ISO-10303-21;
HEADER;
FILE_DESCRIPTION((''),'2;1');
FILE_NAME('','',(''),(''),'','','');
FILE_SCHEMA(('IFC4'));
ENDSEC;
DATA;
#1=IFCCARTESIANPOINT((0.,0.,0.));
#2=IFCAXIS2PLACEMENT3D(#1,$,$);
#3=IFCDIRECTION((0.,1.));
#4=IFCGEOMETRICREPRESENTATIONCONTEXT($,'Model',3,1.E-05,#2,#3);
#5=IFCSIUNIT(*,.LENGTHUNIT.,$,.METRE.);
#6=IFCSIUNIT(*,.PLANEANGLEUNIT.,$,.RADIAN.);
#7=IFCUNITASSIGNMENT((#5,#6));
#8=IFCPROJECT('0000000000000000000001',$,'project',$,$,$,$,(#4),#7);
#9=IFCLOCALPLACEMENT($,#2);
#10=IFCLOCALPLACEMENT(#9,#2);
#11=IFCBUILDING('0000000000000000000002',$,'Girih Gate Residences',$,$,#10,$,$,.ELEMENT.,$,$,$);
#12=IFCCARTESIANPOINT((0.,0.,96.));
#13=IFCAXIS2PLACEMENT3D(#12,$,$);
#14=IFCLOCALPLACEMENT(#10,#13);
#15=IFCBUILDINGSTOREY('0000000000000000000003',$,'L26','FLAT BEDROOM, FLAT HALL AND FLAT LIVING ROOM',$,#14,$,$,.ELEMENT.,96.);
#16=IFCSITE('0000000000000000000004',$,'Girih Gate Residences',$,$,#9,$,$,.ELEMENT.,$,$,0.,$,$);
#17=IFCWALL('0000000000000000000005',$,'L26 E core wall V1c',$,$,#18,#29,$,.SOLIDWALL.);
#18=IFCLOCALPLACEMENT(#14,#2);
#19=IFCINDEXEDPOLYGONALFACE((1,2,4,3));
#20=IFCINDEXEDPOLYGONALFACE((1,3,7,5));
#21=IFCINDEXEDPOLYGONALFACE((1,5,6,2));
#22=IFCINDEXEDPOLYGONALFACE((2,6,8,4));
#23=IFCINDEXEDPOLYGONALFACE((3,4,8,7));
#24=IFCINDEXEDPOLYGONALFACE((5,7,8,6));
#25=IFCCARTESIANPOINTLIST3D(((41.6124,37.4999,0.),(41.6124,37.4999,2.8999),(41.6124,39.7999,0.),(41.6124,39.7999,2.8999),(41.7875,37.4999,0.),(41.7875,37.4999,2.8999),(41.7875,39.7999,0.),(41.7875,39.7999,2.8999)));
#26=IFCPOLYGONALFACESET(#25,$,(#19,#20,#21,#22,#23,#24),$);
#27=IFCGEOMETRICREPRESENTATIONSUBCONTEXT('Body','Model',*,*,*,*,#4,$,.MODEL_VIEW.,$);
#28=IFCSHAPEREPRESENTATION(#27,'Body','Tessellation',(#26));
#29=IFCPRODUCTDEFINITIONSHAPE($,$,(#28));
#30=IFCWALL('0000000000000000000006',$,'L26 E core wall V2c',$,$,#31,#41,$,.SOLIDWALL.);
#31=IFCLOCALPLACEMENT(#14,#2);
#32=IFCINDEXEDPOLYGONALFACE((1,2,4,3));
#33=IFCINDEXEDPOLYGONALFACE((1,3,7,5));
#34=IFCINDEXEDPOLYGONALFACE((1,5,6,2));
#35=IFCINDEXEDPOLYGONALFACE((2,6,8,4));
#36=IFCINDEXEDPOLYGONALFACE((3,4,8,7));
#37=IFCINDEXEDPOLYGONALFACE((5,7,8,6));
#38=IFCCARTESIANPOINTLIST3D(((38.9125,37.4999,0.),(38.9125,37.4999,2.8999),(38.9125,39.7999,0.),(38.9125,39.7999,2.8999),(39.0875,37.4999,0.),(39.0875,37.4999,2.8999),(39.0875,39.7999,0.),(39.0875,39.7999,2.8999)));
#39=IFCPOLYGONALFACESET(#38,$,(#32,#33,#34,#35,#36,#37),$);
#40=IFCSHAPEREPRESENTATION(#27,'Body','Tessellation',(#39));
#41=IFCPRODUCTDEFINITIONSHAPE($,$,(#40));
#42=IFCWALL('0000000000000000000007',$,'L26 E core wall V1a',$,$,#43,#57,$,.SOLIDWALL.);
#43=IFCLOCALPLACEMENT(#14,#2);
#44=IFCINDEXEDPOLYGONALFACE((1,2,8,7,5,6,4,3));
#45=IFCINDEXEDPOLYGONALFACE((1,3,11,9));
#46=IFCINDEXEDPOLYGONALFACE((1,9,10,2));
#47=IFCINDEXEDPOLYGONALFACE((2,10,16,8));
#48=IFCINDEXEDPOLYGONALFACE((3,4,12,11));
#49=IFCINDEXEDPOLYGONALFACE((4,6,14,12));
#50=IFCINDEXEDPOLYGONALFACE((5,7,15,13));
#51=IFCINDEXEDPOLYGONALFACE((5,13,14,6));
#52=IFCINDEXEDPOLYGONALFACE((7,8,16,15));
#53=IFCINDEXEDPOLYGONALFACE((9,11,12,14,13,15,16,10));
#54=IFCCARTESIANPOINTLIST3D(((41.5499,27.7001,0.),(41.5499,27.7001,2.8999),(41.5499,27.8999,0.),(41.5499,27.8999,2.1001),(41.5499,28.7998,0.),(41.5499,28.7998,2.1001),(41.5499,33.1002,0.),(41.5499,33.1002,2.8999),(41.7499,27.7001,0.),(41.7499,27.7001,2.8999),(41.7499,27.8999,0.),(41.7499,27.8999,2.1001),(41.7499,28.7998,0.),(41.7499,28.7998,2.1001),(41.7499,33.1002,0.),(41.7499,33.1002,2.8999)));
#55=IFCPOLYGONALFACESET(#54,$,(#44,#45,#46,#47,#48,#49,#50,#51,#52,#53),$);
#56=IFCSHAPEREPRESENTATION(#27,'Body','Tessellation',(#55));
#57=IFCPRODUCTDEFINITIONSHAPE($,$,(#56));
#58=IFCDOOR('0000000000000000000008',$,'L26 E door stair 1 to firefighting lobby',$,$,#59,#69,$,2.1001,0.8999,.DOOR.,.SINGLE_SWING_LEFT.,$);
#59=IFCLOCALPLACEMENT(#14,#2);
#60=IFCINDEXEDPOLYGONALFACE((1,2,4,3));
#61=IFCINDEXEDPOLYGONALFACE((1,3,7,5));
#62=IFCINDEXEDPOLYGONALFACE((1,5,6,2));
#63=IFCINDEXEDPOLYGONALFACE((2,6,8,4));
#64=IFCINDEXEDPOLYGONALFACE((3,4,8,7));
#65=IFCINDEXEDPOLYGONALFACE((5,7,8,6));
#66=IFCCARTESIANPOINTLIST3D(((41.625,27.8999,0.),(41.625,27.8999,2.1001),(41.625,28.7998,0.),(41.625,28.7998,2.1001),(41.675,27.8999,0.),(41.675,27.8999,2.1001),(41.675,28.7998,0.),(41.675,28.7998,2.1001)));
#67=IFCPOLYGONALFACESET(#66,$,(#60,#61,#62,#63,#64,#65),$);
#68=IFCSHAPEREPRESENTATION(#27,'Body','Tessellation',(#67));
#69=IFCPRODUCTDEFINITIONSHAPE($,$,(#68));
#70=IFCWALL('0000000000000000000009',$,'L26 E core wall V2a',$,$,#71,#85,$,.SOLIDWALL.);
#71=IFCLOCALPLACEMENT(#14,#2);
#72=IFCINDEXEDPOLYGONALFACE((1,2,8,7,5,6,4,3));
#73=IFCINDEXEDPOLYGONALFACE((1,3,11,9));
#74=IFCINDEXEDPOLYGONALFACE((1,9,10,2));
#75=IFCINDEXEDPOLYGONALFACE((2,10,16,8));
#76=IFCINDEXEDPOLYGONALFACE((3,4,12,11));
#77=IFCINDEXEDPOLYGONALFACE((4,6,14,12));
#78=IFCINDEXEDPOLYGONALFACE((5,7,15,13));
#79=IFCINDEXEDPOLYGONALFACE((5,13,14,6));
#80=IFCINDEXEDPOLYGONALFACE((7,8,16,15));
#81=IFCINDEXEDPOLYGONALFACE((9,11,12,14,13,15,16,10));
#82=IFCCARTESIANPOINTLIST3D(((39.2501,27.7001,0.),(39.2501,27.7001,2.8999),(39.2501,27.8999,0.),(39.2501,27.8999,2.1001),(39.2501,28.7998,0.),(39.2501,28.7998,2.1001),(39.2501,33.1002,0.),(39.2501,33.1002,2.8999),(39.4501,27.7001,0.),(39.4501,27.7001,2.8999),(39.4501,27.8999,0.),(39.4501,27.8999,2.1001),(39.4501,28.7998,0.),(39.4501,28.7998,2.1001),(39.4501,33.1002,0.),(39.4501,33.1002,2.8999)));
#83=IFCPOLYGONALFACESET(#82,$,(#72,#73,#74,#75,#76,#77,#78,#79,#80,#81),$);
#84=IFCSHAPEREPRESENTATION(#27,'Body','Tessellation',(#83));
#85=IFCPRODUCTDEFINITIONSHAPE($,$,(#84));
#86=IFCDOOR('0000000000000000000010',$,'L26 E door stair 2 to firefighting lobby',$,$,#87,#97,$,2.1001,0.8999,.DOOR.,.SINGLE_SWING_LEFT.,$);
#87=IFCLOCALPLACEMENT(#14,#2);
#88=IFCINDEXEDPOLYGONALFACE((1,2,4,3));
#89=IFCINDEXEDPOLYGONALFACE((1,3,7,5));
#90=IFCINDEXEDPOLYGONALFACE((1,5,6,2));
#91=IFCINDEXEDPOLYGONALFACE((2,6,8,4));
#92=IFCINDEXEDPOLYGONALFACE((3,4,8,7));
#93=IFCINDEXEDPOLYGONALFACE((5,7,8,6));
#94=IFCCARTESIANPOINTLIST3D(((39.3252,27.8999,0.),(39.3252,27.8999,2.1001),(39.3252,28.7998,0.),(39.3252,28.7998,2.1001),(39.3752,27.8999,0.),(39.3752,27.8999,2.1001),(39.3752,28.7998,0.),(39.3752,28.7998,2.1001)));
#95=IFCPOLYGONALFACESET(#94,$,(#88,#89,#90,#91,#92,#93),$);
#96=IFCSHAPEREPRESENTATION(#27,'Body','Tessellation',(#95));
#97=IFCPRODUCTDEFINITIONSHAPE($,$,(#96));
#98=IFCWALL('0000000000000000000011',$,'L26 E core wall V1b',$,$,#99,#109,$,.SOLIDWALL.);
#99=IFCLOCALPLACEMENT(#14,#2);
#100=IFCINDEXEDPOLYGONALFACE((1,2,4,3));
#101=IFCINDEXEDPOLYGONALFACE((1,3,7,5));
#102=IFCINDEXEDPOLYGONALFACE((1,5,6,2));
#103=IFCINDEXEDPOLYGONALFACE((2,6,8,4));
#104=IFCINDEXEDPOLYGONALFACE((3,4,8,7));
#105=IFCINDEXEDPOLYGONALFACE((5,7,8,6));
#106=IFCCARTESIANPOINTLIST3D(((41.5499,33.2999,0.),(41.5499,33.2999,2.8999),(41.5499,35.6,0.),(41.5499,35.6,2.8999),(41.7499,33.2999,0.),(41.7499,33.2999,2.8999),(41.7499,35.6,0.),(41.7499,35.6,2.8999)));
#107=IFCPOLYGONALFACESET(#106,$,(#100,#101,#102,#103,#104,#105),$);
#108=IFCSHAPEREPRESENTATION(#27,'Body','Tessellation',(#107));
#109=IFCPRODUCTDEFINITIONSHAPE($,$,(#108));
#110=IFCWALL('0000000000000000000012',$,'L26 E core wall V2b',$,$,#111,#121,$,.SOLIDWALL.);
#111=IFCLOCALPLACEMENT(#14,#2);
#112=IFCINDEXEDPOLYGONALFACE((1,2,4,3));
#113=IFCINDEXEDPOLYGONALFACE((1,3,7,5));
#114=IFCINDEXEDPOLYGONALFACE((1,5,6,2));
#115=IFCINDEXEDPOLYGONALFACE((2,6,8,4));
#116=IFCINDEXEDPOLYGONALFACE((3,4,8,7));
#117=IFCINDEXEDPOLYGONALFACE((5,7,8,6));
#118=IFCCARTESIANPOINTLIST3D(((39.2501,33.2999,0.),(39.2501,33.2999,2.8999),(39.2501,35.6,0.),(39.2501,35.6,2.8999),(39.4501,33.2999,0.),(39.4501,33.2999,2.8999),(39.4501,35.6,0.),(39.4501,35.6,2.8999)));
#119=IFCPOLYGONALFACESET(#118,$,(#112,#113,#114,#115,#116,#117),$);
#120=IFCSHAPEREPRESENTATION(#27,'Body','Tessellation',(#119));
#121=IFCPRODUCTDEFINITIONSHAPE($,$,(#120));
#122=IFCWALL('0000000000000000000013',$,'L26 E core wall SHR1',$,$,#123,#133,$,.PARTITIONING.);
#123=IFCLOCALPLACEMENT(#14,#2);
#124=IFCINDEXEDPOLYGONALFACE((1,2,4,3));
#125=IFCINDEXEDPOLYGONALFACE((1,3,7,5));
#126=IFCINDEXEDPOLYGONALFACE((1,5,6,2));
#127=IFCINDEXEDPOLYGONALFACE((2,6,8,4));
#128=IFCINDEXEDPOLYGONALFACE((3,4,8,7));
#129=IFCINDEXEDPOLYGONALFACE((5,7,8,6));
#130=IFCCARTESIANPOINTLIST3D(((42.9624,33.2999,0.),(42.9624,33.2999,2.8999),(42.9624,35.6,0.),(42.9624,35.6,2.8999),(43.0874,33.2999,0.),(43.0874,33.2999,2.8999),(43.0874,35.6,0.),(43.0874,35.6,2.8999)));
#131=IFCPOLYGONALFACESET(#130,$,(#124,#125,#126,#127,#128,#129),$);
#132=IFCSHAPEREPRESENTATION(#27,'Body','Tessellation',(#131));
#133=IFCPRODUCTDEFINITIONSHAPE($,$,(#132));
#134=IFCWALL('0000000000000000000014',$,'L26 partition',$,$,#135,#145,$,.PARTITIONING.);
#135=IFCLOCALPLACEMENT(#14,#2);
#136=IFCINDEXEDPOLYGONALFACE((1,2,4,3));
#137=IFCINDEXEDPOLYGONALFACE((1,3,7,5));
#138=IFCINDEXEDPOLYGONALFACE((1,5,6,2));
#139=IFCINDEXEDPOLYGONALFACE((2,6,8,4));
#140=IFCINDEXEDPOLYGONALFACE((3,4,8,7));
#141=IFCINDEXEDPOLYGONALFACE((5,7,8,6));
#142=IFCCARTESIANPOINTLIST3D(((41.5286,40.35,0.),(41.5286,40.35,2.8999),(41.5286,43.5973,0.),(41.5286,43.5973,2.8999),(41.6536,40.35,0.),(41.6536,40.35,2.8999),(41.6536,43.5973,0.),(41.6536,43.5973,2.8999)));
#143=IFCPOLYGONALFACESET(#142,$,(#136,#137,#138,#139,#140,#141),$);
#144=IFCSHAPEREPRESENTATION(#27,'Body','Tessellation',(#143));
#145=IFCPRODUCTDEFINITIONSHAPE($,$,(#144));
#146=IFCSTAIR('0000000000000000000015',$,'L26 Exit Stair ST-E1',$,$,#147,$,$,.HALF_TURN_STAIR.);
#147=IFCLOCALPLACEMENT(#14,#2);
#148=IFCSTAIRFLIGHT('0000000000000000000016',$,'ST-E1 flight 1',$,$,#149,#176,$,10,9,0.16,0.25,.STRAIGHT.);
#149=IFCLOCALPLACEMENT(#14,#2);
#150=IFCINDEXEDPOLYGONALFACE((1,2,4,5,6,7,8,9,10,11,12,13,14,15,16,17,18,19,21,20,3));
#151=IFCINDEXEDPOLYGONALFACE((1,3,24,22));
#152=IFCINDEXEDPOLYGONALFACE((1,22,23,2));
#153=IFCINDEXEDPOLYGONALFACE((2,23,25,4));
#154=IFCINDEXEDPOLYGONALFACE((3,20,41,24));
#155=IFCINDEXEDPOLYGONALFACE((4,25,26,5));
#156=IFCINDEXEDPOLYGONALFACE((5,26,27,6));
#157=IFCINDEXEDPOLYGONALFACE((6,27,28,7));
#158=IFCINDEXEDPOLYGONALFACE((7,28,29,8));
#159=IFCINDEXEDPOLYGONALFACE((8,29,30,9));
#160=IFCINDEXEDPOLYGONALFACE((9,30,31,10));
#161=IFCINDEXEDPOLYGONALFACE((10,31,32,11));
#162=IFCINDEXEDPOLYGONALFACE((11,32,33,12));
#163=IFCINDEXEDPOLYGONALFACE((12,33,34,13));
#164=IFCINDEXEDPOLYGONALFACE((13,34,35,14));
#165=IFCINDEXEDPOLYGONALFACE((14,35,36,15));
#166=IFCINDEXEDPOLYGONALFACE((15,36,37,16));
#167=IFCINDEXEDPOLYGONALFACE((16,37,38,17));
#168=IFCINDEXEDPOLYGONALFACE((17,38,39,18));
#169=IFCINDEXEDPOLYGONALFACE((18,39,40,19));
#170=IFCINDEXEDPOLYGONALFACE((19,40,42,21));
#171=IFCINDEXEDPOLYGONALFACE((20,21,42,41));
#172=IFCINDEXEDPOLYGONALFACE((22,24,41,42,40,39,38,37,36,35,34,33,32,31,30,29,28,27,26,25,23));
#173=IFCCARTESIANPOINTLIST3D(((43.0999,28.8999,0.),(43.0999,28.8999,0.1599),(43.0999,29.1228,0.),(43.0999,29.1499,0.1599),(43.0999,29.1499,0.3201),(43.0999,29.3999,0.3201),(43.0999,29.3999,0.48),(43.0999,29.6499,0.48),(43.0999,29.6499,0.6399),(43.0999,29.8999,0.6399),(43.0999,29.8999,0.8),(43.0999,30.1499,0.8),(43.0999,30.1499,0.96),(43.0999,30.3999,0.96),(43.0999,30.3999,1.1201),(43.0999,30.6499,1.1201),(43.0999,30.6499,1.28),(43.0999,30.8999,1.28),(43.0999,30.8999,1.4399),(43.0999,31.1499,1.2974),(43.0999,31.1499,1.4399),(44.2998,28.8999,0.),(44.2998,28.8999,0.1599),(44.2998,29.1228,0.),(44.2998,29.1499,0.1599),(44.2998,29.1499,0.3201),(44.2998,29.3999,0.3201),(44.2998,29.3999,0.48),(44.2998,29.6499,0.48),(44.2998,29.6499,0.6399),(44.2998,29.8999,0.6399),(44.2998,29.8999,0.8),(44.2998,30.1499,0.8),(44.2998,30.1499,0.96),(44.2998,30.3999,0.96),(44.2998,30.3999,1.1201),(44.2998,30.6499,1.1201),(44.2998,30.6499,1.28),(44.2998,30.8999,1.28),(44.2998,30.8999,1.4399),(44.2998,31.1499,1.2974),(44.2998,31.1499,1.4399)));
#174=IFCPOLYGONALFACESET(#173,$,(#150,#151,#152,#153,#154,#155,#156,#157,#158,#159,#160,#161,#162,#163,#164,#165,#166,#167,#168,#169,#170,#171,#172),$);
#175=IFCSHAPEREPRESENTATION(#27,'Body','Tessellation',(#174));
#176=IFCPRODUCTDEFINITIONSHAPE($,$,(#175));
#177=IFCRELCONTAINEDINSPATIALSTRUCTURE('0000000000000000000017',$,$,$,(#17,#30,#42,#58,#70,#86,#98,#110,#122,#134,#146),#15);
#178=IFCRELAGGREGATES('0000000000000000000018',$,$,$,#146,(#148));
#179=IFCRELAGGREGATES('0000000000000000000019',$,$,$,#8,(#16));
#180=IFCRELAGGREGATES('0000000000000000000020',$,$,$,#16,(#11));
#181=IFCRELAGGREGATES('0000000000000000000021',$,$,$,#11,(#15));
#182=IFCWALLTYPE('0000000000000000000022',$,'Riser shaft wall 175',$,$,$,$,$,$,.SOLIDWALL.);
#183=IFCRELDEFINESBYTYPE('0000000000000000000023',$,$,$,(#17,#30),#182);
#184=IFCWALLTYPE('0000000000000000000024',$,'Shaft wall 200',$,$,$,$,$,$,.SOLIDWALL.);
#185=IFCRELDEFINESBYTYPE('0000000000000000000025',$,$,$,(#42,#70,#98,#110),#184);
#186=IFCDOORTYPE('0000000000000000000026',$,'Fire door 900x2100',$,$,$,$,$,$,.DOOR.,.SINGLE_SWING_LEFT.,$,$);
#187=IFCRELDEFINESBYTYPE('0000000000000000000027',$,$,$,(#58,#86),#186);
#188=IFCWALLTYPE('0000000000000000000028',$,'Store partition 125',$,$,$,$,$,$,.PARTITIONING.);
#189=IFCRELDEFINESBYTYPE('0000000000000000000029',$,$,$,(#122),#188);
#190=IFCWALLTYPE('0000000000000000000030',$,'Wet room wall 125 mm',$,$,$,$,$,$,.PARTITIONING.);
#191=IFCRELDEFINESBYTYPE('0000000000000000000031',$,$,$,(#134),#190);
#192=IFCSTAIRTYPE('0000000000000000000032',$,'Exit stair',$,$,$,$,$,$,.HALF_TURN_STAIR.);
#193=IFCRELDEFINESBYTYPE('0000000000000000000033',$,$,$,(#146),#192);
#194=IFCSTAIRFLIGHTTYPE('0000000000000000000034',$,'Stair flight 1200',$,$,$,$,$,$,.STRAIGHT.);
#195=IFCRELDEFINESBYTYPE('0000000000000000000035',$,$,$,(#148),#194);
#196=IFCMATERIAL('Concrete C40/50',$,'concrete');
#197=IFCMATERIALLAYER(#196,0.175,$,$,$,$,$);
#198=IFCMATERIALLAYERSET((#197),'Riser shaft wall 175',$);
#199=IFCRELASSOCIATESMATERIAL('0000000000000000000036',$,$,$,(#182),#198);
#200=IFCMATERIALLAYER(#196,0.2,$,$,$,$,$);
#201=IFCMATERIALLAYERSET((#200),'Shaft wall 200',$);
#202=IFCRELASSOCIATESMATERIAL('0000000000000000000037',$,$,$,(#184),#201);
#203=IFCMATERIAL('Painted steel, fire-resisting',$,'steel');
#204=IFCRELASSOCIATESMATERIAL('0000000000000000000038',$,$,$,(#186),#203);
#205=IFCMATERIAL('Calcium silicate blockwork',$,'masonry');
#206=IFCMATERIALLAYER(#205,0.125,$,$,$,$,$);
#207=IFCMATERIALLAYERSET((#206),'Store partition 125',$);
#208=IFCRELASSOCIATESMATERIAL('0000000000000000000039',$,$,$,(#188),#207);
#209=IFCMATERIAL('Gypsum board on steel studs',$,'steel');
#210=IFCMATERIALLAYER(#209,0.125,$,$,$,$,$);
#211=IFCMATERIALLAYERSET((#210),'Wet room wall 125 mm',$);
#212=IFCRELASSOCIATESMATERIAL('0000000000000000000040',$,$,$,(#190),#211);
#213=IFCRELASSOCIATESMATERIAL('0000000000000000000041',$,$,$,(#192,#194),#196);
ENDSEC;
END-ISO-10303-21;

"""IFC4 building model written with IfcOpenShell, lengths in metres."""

from ifc_helpers import new_model, si_unit, direction, frame, frame_2d, origin, place, context, subcontext, project, spatial, polyline, rectangle, outline, extrude, material, layer, layer_set, type_object, element, fill, aggregate, save


model = new_model("IFC4")

# Units and contexts
model_context = context("Model", 3, precision=1e-05, world=origin(), true_north=direction((0.0, 1.0)))
body_context = subcontext(model_context, "Body", "Model", "MODEL_VIEW")
ifc_project = project(units=[si_unit("LENGTHUNIT", "METRE"), si_unit("PLANEANGLEUNIT", "RADIAN")], contexts=[model_context])

# Site, building, storey
site_placement = place(None, origin())
site = spatial("IfcSite", under=ifc_project, at=site_placement, Name="Girih Gate Residences", CompositionType="ELEMENT", RefElevation=0.0)
building_placement = place(site_placement, origin())
building = spatial("IfcBuilding", under=site, at=building_placement, Name="Girih Gate Residences", CompositionType="ELEMENT")
storey_placement = place(building_placement, frame((0.0, 0.0, 96.0)))
storey = spatial("IfcBuildingStorey", under=building, at=storey_placement, Name="L26", Description="FLAT BEDROOM, FLAT HALL AND FLAT LIVING ROOM", CompositionType="ELEMENT", Elevation=96.0)

# Shared definitions
ifc_material_1 = material(Name="Gypsum board on steel studs", Category="steel")

# Walls
ifc_material_2 = material(Name="Concrete C40/50", Category="concrete")
ifc_layer_1 = layer(ifc_material_2, 0.175)
ifc_layer_set_1 = layer_set([ifc_layer_1], Name="Riser shaft wall 175")
wall_type_1 = type_object("IfcWallType", Name="Riser shaft wall 175", PredefinedType="SOLIDWALL", material=ifc_layer_set_1)
for number, where, z_axis, x_axis, name in (
    (1, (41.7, 37.5, 0.0), (0.0, 0.0, 1.0), (0.0, 1.0, 0.0), "L26 E core wall V1c"),
    (2, (39.0, 37.5, 0.0), (0.0, 0.0, 1.0), (0.0, 1.0, 0.0), "L26 E core wall V2c"),
):
    element("IfcWall", number, at=place(storey_placement, frame(where, z_axis=z_axis, x_axis=x_axis)), inside=storey, type_object=wall_type_1, Name=name, PredefinedType="SOLIDWALL", context=body_context, shape_type="SweptSolid", body=[
        extrude(rectangle(XDim=2.3, YDim=0.175, at=frame_2d((1.1499, 0.0))), origin(), (0.0, 0.0, 1.0), 2.8999),
    ])

# Walls, openings, doors
ifc_layer_2 = layer(ifc_material_2, 0.2)
ifc_layer_set_2 = layer_set([ifc_layer_2], Name="Shaft wall 200")
wall_type_2 = type_object("IfcWallType", Name="Shaft wall 200", PredefinedType="SOLIDWALL", material=ifc_layer_set_2)
wall_1_placement = place(storey_placement, frame((41.6499, 27.7, 0.0), z_axis=(0.0, 0.0, 1.0), x_axis=(0.0, 1.0, 0.0)))
wall_1 = element("IfcWall", 3, at=wall_1_placement, inside=storey, type_object=wall_type_2, Name="L26 E core wall V1a", PredefinedType="SOLIDWALL", context=body_context, shape_type="SweptSolid", body=[
    extrude(rectangle(XDim=5.4001, YDim=0.2, at=frame_2d((2.7002, 0.0))), origin(), (0.0, 0.0, 1.0), 2.8999),
])
opening_1_placement = place(wall_1_placement, frame((0.2, 0.0, 0.0)))
opening_1 = element("IfcOpeningElement", 4, at=opening_1_placement, cuts=wall_1, PredefinedType="OPENING", context=body_context, shape_type="SweptSolid", body=[
    extrude(rectangle(XDim=0.8999, YDim=2.1001, at=frame_2d((0.45, 1.05))), frame((0.0, 0.1099, 0.0), z_axis=(0.0, -1.0, 0.0), x_axis=(1.0, 0.0, 0.0)), (0.0, 0.0, 1.0), 0.22),
])
ifc_material_3 = material(Name="Painted steel, fire-resisting", Category="steel")
door_type = type_object("IfcDoorType", Name="Fire door 900x2100", OperationType="SINGLE_SWING_LEFT", PredefinedType="DOOR", material=ifc_material_3)
door_1_placement = place(opening_1_placement, origin())
door_1 = element("IfcDoor", 5, at=door_1_placement, inside=storey, type_object=door_type, Name="L26 E door stair 1 to firefighting lobby", OperationType="SINGLE_SWING_LEFT", OverallHeight=2.1001, OverallWidth=0.8999, PredefinedType="DOOR", context=body_context, shape_type="SweptSolid", body=[
    extrude(rectangle(XDim=0.8999, YDim=2.1001, at=frame_2d((0.45, 1.05))), frame((0.0, 0.0249, 0.0), z_axis=(0.0, -1.0, 0.0), x_axis=(1.0, 0.0, 0.0)), (0.0, 0.0, 1.0), 0.05),
])
fill(opening_1, door_1)
wall_2_placement = place(storey_placement, frame((39.3501, 27.7, 0.0), z_axis=(0.0, 0.0, 1.0), x_axis=(0.0, 1.0, 0.0)))
wall_2 = element("IfcWall", 6, at=wall_2_placement, inside=storey, type_object=wall_type_2, Name="L26 E core wall V2a", PredefinedType="SOLIDWALL", context=body_context, shape_type="SweptSolid", body=[
    extrude(rectangle(XDim=5.4001, YDim=0.2, at=frame_2d((2.7002, 0.0))), origin(), (0.0, 0.0, 1.0), 2.8999),
])
opening_2_placement = place(wall_2_placement, frame((0.2, 0.0, 0.0)))
opening_2 = element("IfcOpeningElement", 7, at=opening_2_placement, cuts=wall_2, PredefinedType="OPENING", context=body_context, shape_type="SweptSolid", body=[
    extrude(rectangle(XDim=0.8999, YDim=2.1001, at=frame_2d((0.45, 1.05))), frame((0.0, 0.1099, 0.0), z_axis=(0.0, -1.0, 0.0), x_axis=(1.0, 0.0, 0.0)), (0.0, 0.0, 1.0), 0.22),
])
door_2_placement = place(opening_2_placement, origin())
door_2 = element("IfcDoor", 8, at=door_2_placement, inside=storey, type_object=door_type, Name="L26 E door stair 2 to firefighting lobby", OperationType="SINGLE_SWING_LEFT", OverallHeight=2.1001, OverallWidth=0.8999, PredefinedType="DOOR", context=body_context, shape_type="SweptSolid", body=[
    extrude(rectangle(XDim=0.8999, YDim=2.1001, at=frame_2d((0.45, 1.05))), frame((0.0, 0.0249, 0.0), z_axis=(0.0, -1.0, 0.0), x_axis=(1.0, 0.0, 0.0)), (0.0, 0.0, 1.0), 0.05),
])
fill(opening_2, door_2)

# Walls
for number, where, z_axis, x_axis, name in (
    (9, (41.6499, 33.3, 0.0), (0.0, 0.0, 1.0), (0.0, 1.0, 0.0), "L26 E core wall V1b"),
    (10, (39.3501, 33.3, 0.0), (0.0, 0.0, 1.0), (0.0, 1.0, 0.0), "L26 E core wall V2b"),
):
    element("IfcWall", number, at=place(storey_placement, frame(where, z_axis=z_axis, x_axis=x_axis)), inside=storey, type_object=wall_type_2, Name=name, PredefinedType="SOLIDWALL", context=body_context, shape_type="SweptSolid", body=[
        extrude(rectangle(XDim=2.3, YDim=0.2, at=frame_2d((1.1499, 0.0))), origin(), (0.0, 0.0, 1.0), 2.8999),
    ])
ifc_material_4 = material(Name="Calcium silicate blockwork", Category="masonry")
ifc_layer_3 = layer(ifc_material_4, 0.125)
ifc_layer_set_3 = layer_set([ifc_layer_3], Name="Store partition 125")
wall_type_3 = type_object("IfcWallType", Name="Store partition 125", PredefinedType="PARTITIONING", material=ifc_layer_set_3)
wall_3_placement = place(storey_placement, frame((43.0249, 33.3, 0.0), z_axis=(0.0, 0.0, 1.0), x_axis=(0.0, 1.0, 0.0)))
element("IfcWall", 11, at=wall_3_placement, inside=storey, type_object=wall_type_3, Name="L26 E core wall SHR1", PredefinedType="PARTITIONING", context=body_context, shape_type="SweptSolid", body=[
    extrude(rectangle(XDim=2.3, YDim=0.125, at=frame_2d((1.1499, 0.0))), origin(), (0.0, 0.0, 1.0), 2.8999),
])
ifc_layer_4 = layer(ifc_material_1, 0.125)
ifc_layer_set_4 = layer_set([ifc_layer_4], Name="Wet room wall 125 mm")
wall_type_4 = type_object("IfcWallType", Name="Wet room wall 125 mm", PredefinedType="PARTITIONING", material=ifc_layer_set_4)
wall_4_placement = place(storey_placement, frame((41.5911, 40.3501, 0.0), z_axis=(0.0, 0.0, 1.0), x_axis=(0.0, 1.0, 0.0)))
element("IfcWall", 12, at=wall_4_placement, inside=storey, type_object=wall_type_4, Name="L26 partition", PredefinedType="PARTITIONING", context=body_context, shape_type="SweptSolid", body=[
    extrude(rectangle(XDim=3.2473, YDim=0.125, at=frame_2d((1.6235, 0.0))), origin(), (0.0, 0.0, 1.0), 2.8999),
])

# Stair, stair flight
stair_type = type_object("IfcStairType", Name="Exit stair", PredefinedType="HALF_TURN_STAIR", material=ifc_material_2)
stair_placement = place(storey_placement, origin())
stair = element("IfcStair", 13, at=stair_placement, inside=storey, type_object=stair_type, Name="L26 Exit Stair ST-E1", PredefinedType="HALF_TURN_STAIR")
stair_flight_type = type_object("IfcStairFlightType", Name="Stair flight 1200", PredefinedType="STRAIGHT", material=ifc_material_2)
stair_flight_1_placement = place(storey_placement, frame((43.7, 28.8999, 0.0), z_axis=(0.0, 0.0, 1.0), x_axis=(0.0, 1.0, 0.0)))
stair_flight_1 = element("IfcStairFlight", 14, at=stair_flight_1_placement, type_object=stair_flight_type, Name="ST-E1 flight 1", NumberOfRisers=10, NumberOfTreads=9, PredefinedType="STRAIGHT", RiserHeight=0.16, TreadLength=0.25, context=body_context, shape_type="SweptSolid", body=[
    extrude(outline(polyline([(0.0, 0.0), (0.0, 0.1599), (0.25, 0.1599), (0.25, 0.3201), (0.5, 0.3201), (0.5, 0.48), (0.75, 0.48), (0.75, 0.6399), (1.0, 0.6399), (1.0, 0.8), (1.25, 0.8), (1.25, 0.96), (1.5, 0.96), (1.5, 1.1201), (1.75, 1.1201), (1.75, 1.28), (2.0, 1.28), (2.0, 1.4399), (2.25, 1.4399), (2.25, 1.6001), (2.25, 1.2974), (0.2229, 0.0), (0.0, 0.0)])), frame((0.0, 0.6001, 0.0), z_axis=(0.0, -1.0, 0.0), x_axis=(1.0, 0.0, 0.0)), (0.0, 0.0, 1.0), 1.2),
])
aggregate(stair, [stair_flight_1])

save(model, "model.ifc")
